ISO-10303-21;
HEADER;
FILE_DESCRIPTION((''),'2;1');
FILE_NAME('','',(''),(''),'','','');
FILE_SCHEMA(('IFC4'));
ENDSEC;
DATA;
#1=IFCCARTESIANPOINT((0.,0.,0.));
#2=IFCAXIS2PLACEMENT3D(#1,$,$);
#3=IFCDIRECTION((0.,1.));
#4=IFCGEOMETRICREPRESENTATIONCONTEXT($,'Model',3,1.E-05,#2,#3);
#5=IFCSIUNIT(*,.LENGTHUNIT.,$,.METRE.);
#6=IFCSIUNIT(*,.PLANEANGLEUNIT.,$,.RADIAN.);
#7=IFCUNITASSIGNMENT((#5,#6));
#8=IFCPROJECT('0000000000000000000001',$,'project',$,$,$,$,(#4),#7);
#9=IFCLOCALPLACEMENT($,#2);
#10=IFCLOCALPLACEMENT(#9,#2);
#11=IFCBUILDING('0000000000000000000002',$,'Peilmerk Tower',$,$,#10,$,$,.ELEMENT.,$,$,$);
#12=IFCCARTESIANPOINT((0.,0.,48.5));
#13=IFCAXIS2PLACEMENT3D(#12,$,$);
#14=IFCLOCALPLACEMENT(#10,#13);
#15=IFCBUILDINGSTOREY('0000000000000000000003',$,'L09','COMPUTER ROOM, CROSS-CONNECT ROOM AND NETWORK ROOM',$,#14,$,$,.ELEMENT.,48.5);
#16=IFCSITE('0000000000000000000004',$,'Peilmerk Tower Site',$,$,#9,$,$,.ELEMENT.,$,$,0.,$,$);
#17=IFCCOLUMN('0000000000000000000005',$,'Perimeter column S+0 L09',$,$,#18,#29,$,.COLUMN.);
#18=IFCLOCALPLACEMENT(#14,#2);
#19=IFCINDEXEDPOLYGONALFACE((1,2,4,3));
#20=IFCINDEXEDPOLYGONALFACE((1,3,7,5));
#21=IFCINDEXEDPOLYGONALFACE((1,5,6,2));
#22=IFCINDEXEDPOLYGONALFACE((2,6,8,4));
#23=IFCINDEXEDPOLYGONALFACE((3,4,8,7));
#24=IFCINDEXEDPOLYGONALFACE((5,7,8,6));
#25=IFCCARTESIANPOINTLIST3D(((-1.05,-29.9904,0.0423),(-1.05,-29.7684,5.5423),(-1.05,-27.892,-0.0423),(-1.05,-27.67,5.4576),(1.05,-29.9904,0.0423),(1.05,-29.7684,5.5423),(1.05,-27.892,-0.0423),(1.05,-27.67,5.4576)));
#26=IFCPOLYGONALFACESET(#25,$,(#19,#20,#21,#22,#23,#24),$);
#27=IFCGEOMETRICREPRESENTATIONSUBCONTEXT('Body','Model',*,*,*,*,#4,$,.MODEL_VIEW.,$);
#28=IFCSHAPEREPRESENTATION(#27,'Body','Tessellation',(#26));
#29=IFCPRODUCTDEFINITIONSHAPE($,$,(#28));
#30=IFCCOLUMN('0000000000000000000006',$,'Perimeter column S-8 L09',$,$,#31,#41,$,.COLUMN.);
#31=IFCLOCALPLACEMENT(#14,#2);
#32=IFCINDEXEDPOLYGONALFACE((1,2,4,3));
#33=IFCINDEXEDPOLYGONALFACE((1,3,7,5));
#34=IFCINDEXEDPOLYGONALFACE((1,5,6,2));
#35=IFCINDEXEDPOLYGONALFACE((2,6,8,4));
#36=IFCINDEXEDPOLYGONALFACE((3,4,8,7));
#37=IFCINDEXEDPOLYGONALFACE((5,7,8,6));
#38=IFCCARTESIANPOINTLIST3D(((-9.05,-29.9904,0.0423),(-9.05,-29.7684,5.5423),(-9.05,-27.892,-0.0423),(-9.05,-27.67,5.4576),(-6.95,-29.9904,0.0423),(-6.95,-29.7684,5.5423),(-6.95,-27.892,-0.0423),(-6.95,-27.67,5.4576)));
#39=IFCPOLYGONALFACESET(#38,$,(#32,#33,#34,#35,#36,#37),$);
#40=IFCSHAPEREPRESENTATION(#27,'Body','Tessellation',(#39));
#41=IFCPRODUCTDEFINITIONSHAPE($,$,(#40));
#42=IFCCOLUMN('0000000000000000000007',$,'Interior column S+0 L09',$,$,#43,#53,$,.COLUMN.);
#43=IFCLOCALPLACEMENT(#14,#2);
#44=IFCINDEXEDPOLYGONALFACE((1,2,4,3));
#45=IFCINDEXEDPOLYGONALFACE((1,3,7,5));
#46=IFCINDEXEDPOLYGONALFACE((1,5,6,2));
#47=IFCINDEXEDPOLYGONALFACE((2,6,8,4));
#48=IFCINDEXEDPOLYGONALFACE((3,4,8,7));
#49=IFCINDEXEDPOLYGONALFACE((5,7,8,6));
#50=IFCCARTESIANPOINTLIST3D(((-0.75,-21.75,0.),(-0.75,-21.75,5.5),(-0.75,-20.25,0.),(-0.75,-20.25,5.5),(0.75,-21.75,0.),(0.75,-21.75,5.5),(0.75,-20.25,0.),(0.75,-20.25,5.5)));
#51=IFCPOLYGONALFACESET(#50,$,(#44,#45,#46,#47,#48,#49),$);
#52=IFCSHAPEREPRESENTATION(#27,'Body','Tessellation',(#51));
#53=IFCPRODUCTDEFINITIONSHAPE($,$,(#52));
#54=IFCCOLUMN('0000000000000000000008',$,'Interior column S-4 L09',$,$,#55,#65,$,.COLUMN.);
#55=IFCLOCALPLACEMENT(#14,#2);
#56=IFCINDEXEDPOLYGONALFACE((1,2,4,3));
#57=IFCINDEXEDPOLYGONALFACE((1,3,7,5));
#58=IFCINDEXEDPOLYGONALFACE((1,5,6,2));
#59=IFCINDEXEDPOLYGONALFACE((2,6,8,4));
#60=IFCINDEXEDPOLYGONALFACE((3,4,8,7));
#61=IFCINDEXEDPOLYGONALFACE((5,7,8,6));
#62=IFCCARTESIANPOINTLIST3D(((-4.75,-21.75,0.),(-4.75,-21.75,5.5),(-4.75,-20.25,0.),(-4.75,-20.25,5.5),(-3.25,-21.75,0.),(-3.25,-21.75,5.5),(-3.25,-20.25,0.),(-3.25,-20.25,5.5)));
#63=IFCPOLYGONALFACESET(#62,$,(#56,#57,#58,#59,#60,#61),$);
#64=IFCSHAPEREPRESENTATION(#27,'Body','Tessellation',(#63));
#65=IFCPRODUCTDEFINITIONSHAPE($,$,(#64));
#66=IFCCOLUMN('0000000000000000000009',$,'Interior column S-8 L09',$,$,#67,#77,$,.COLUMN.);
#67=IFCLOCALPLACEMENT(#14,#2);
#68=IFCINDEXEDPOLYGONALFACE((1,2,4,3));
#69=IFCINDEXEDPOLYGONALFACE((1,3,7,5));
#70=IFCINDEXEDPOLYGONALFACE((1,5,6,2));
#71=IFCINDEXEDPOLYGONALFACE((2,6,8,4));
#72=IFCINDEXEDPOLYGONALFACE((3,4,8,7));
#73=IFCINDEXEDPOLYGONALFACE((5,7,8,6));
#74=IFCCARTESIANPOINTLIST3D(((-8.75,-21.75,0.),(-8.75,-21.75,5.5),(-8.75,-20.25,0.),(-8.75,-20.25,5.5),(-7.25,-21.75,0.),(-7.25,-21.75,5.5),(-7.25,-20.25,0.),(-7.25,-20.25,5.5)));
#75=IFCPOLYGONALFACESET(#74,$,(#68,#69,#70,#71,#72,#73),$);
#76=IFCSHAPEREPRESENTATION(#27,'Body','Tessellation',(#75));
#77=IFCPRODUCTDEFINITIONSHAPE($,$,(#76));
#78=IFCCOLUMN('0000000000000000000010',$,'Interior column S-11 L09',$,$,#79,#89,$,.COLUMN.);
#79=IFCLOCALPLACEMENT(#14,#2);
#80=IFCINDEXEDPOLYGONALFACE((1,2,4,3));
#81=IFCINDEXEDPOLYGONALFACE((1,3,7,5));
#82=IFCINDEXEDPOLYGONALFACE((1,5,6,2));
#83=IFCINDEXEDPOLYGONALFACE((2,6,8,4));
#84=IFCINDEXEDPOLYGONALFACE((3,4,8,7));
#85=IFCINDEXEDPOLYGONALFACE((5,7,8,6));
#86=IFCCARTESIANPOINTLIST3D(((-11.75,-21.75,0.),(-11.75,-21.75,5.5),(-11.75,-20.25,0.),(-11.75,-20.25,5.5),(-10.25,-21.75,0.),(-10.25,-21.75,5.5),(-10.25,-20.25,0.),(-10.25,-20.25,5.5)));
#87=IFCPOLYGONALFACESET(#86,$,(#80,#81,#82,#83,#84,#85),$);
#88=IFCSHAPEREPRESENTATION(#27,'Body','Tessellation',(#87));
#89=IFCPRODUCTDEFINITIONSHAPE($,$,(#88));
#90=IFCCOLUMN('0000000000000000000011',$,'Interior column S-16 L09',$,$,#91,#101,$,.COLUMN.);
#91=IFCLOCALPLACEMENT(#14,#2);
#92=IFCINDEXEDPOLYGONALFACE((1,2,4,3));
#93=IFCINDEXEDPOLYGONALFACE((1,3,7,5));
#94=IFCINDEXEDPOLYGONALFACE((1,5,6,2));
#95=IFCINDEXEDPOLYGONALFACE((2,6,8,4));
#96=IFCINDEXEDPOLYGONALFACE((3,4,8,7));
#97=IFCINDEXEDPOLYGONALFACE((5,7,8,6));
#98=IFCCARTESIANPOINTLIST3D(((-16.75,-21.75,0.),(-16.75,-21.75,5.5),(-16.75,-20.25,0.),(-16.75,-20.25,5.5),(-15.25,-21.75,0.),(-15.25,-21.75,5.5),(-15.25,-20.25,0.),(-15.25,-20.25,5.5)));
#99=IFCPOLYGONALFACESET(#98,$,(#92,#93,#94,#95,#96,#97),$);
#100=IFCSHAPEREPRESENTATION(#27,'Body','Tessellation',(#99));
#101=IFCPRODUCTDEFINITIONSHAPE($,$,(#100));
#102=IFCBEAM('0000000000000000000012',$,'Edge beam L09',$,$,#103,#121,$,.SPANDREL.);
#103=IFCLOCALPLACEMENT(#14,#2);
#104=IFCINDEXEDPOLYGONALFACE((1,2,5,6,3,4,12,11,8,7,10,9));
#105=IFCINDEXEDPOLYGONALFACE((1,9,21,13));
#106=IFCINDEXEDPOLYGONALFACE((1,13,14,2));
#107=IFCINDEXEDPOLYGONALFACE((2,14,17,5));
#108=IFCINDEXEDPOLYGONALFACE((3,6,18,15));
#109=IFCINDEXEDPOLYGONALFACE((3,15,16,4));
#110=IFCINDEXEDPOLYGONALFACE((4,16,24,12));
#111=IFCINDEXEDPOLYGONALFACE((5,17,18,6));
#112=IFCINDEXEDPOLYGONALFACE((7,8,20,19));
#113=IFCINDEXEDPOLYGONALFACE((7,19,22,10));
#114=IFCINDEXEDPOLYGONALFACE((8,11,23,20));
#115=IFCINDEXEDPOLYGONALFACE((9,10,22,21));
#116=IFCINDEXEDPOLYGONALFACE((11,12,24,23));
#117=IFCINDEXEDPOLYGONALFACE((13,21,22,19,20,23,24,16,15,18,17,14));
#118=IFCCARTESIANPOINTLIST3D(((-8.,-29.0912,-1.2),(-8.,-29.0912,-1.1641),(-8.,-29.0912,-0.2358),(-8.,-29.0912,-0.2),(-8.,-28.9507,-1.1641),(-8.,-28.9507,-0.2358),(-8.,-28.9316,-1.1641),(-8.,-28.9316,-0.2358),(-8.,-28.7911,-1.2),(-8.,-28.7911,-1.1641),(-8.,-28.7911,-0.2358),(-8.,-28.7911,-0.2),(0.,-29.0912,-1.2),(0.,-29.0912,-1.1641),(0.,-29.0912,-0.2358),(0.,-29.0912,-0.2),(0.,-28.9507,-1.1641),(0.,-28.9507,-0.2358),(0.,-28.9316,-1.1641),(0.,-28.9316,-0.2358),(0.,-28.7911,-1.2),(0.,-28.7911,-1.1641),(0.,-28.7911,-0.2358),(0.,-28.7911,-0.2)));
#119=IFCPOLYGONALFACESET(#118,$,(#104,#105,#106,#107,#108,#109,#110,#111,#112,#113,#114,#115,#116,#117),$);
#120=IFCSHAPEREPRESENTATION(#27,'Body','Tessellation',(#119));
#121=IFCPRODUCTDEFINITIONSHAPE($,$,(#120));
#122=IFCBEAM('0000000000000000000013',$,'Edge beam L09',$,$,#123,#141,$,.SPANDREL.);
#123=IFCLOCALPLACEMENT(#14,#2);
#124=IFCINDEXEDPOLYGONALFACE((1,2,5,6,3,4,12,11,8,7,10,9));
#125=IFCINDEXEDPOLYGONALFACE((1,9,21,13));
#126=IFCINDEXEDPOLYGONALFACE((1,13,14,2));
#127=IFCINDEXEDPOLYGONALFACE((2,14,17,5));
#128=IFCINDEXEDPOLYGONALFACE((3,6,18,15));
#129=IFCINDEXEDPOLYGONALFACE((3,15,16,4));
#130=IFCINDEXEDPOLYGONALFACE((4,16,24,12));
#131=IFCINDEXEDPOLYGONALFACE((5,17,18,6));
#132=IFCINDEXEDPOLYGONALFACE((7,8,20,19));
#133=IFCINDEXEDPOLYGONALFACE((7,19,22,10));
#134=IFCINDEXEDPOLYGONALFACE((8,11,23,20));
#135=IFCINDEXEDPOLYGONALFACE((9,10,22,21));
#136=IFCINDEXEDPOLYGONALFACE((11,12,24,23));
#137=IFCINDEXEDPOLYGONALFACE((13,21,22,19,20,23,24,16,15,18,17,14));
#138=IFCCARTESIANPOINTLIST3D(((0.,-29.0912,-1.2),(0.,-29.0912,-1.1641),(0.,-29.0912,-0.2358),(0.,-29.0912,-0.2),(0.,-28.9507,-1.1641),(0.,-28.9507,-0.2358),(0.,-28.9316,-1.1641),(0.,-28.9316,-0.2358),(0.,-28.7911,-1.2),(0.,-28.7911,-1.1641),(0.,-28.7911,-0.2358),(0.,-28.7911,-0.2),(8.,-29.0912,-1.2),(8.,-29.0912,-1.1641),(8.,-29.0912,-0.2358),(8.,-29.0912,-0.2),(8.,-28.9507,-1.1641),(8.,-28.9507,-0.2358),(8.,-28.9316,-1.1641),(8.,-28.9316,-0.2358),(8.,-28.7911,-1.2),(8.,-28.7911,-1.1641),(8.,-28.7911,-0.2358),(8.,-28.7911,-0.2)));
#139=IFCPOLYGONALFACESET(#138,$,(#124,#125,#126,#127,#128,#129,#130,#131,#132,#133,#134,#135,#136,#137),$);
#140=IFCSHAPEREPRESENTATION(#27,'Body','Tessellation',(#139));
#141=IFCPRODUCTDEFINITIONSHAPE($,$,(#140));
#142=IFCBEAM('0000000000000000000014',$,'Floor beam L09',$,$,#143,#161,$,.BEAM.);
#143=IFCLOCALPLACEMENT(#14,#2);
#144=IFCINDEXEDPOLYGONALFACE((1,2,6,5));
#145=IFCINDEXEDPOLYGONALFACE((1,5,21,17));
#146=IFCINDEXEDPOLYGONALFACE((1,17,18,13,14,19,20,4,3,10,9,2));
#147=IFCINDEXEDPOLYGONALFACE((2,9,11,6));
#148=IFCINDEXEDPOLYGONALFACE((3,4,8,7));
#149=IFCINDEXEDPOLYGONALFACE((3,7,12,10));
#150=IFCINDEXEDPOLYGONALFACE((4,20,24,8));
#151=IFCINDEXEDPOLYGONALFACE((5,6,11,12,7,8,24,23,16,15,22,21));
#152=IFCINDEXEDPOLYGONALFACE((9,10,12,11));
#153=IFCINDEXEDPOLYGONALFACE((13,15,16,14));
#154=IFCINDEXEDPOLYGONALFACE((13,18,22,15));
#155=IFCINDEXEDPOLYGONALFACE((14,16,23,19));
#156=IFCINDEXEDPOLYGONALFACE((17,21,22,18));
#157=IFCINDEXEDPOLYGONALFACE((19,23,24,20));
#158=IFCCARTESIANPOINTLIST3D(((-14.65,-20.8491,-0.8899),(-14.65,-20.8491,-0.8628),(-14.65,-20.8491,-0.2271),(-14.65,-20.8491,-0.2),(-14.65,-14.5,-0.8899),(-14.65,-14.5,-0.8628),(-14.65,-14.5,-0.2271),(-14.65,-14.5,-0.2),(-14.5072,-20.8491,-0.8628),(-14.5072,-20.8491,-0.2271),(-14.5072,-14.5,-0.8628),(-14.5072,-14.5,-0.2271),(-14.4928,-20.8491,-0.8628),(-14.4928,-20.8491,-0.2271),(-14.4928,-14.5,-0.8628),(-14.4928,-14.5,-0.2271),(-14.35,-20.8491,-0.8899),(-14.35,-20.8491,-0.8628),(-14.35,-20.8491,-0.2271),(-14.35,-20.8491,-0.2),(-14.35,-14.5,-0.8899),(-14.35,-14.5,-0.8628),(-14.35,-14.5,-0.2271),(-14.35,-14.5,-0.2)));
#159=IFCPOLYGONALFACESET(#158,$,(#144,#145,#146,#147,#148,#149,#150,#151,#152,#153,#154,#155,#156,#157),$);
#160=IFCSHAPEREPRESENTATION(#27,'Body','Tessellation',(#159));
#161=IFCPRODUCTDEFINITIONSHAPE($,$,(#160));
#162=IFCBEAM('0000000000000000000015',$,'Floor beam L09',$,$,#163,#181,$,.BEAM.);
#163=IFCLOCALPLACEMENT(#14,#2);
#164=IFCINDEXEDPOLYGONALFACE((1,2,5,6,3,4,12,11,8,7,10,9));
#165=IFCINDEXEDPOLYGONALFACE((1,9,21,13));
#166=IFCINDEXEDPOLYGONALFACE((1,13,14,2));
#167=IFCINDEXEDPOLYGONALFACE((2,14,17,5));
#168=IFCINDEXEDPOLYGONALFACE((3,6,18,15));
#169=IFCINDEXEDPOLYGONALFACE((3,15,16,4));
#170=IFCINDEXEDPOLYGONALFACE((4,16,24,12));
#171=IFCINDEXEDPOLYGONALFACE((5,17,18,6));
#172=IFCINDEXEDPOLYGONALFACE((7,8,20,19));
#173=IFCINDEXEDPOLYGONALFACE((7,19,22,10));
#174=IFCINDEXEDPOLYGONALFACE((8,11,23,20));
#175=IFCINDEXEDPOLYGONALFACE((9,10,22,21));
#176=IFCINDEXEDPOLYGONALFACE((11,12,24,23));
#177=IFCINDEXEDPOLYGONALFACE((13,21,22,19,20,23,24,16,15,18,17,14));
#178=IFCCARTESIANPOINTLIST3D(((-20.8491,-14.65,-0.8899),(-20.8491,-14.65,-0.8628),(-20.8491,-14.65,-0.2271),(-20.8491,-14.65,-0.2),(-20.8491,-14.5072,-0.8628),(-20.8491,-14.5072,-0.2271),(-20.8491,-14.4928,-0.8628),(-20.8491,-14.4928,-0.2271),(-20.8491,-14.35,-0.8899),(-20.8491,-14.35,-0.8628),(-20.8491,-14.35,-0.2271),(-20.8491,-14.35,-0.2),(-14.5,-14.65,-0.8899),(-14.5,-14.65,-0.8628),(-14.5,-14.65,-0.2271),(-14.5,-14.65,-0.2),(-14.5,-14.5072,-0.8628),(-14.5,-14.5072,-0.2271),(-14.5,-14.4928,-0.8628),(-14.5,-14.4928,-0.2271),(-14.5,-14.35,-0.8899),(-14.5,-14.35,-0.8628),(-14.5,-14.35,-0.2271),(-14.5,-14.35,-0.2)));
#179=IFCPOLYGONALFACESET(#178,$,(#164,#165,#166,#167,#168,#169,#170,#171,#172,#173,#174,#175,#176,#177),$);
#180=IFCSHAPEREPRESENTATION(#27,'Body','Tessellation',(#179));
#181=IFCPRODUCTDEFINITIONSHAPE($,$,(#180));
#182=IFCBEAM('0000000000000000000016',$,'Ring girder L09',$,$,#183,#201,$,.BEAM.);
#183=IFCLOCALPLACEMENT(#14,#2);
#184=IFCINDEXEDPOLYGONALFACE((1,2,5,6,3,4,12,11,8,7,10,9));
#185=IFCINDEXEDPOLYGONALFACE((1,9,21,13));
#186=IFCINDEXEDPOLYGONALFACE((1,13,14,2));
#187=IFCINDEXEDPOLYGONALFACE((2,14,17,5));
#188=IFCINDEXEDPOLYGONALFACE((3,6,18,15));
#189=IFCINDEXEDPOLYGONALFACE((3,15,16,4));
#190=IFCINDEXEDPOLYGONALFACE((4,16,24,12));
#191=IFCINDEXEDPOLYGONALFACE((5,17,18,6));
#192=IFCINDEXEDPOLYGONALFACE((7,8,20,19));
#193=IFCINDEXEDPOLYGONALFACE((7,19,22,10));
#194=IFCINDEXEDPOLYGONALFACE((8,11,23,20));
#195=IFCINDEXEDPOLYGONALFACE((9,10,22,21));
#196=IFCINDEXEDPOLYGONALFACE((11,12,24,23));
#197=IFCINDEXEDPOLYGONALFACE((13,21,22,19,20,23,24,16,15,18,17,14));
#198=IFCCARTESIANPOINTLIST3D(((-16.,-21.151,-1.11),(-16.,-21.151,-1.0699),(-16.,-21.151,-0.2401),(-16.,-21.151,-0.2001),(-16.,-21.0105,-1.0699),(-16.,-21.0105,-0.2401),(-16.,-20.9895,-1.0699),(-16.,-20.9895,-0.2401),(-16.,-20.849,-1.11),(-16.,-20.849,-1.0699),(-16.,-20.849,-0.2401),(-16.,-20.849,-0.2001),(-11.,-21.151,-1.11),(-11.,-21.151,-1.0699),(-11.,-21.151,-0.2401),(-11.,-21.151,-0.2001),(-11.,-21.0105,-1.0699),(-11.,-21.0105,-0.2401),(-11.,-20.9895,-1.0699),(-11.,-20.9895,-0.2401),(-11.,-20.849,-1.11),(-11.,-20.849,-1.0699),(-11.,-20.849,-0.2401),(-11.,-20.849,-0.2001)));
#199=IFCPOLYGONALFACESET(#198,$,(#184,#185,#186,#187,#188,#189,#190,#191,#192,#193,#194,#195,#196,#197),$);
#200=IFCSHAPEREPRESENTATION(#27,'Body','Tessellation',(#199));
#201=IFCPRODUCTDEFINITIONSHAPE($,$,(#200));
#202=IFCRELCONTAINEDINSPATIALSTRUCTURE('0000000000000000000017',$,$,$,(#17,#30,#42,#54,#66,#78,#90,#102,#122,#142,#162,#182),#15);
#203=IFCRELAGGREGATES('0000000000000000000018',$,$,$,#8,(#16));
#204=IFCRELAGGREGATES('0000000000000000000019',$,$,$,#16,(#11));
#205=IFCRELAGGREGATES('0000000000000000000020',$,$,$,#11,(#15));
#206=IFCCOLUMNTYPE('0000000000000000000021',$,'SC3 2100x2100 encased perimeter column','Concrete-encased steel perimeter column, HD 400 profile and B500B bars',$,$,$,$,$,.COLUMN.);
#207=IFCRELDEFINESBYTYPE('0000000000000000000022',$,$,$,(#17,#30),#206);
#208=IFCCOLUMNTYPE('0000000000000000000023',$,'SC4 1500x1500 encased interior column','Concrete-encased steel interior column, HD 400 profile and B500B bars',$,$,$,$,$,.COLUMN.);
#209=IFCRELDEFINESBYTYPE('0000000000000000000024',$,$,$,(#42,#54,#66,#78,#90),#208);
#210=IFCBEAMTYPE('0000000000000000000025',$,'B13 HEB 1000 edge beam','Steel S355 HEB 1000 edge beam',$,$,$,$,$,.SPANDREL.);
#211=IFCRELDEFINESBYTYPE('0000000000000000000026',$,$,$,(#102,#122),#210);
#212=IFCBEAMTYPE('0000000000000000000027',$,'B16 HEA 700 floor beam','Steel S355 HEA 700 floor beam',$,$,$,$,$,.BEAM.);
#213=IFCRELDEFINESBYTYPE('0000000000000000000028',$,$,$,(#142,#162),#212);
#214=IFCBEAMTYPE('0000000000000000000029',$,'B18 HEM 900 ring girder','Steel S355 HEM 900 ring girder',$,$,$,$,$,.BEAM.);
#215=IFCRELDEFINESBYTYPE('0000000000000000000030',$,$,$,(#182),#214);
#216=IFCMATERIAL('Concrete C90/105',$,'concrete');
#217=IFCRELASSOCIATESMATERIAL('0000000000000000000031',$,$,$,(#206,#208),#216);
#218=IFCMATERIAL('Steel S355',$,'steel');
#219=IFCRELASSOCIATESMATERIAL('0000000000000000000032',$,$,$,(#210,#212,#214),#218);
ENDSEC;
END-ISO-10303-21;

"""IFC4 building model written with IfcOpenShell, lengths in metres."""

from ifc_helpers import new_model, si_unit, direction, frame, origin, origin_2d, place, context, subcontext, project, spatial, rectangle, i_section, extrude, material, material_profile, profile_set, type_object, element, save


model = new_model("IFC4")

# Units and contexts
model_context = context("Model", 3, precision=1e-05, world=origin(), true_north=direction((0.0, 1.0)))
body_context = subcontext(model_context, "Body", "Model", "MODEL_VIEW")
ifc_project = project(units=[si_unit("LENGTHUNIT", "METRE"), si_unit("PLANEANGLEUNIT", "RADIAN")], contexts=[model_context])

# Site, building, storey
site_placement = place(None, origin())
site = spatial("IfcSite", under=ifc_project, at=site_placement, Name="Peilmerk Tower Site", CompositionType="ELEMENT", RefElevation=0.0)
building_placement = place(site_placement, origin())
building = spatial("IfcBuilding", under=site, at=building_placement, Name="Peilmerk Tower", CompositionType="ELEMENT")
storey_placement = place(building_placement, frame((0.0, 0.0, 48.5)))
storey = spatial("IfcBuildingStorey", under=building, at=storey_placement, Name="L09", Description="COMPUTER ROOM, CROSS-CONNECT ROOM AND NETWORK ROOM", CompositionType="ELEMENT", Elevation=48.5)

# Columns
ifc_material_1 = material(Name="Concrete C90/105", Category="concrete")
ifc_material_profile_1 = material_profile(ifc_material_1, rectangle(XDim=2.1001, YDim=2.1001, at=origin_2d()), Name="RC 2100x2100")
ifc_profile_set_1 = profile_set([ifc_material_profile_1], Name="Concrete C90/105")
column_type_1 = type_object("IfcColumnType", Name="SC3 2100x2100 encased perimeter column", Description="Concrete-encased steel perimeter column, HD 400 profile and B500B bars", PredefinedType="COLUMN", material=ifc_profile_set_1)
for number, where, z_axis, x_axis, name in (
    (1, (0.0, -28.9412, 0.0), (0.0, 0.040317, 0.999187), (-1.0, 0.0, 0.0), "Perimeter column S+0 L09"),
    (2, (-8.0, -28.9412, 0.0), (0.0, 0.040317, 0.999187), (-1.0, 0.0, 0.0), "Perimeter column S-8 L09"),
):
    element("IfcColumn", number, at=place(storey_placement, frame(where, z_axis=z_axis, x_axis=x_axis)), inside=storey, type_object=column_type_1, Name=name, PredefinedType="COLUMN", context=body_context, shape_type="SweptSolid", body=[
        extrude(rectangle(XDim=2.1001, YDim=2.1001, at=origin_2d()), origin(), (0.0, 0.0, 1.0), 5.5044),
    ])
ifc_material_profile_2 = material_profile(ifc_material_1, rectangle(XDim=1.5, YDim=1.5, at=origin_2d()), Name="RC 1500x1500")
ifc_profile_set_2 = profile_set([ifc_material_profile_2], Name="Concrete C90/105")
column_type_2 = type_object("IfcColumnType", Name="SC4 1500x1500 encased interior column", Description="Concrete-encased steel interior column, HD 400 profile and B500B bars", PredefinedType="COLUMN", material=ifc_profile_set_2)
for number, where, z_axis, x_axis, name in (
    (3, (0.0, -21.0, 0.0), (0.0, 0.0, 1.0), (1.0, 0.0, 0.0), "Interior column S+0 L09"),
    (4, (-4.0, -21.0, 0.0), (0.0, 0.0, 1.0), (1.0, 0.0, 0.0), "Interior column S-4 L09"),
    (5, (-8.0, -21.0, 0.0), (0.0, 0.0, 1.0), (1.0, 0.0, 0.0), "Interior column S-8 L09"),
    (6, (-11.0, -21.0, 0.0), (0.0, 0.0, 1.0), (1.0, 0.0, 0.0), "Interior column S-11 L09"),
    (7, (-16.0, -21.0, 0.0), (0.0, 0.0, 1.0), (1.0, 0.0, 0.0), "Interior column S-16 L09"),
):
    element("IfcColumn", number, at=place(storey_placement, frame(where, z_axis=z_axis, x_axis=x_axis)), inside=storey, type_object=column_type_2, Name=name, PredefinedType="COLUMN", context=body_context, shape_type="SweptSolid", body=[
        extrude(rectangle(XDim=1.5, YDim=1.5, at=origin_2d()), origin(), (0.0, 0.0, 1.0), 5.5),
    ])

# Beams
ifc_material_2 = material(Name="Steel S355", Category="steel")
ifc_material_profile_3 = material_profile(ifc_material_2, i_section(OverallWidth=0.3, OverallDepth=1.0, WebThickness=0.019, FlangeThickness=0.0359, at=origin_2d()), Name="HEB 1000")
ifc_profile_set_3 = profile_set([ifc_material_profile_3], Name="Steel S355")
beam_type_1 = type_object("IfcBeamType", Name="B13 HEB 1000 edge beam", Description="Steel S355 HEB 1000 edge beam", PredefinedType="SPANDREL", material=ifc_profile_set_3)
for number, where, z_axis, x_axis, name in (
    (8, (-8.0, -28.9412, -0.7), (1.0, 0.0, 0.0), (0.0, 1.0, 0.0), "Edge beam L09"),
    (9, (0.0, -28.9412, -0.7), (1.0, 0.0, 0.0), (0.0, 1.0, 0.0), "Edge beam L09"),
):
    element("IfcBeam", number, at=place(storey_placement, frame(where, z_axis=z_axis, x_axis=x_axis)), inside=storey, type_object=beam_type_1, Name=name, PredefinedType="SPANDREL", context=body_context, shape_type="SweptSolid", body=[
        extrude(i_section(OverallWidth=0.3, OverallDepth=1.0, WebThickness=0.019, FlangeThickness=0.0359, at=origin_2d()), origin(), (0.0, 0.0, 1.0), 8.0),
    ])
ifc_material_profile_4 = material_profile(ifc_material_2, i_section(OverallWidth=0.3, OverallDepth=0.6899, WebThickness=0.0144, FlangeThickness=0.0271, at=origin_2d()), Name="HEA 700")
ifc_profile_set_4 = profile_set([ifc_material_profile_4], Name="Steel S355")
beam_type_2 = type_object("IfcBeamType", Name="B16 HEA 700 floor beam", Description="Steel S355 HEA 700 floor beam", PredefinedType="BEAM", material=ifc_profile_set_4)
for number, where, z_axis, x_axis, name in (
    (10, (-14.5, -14.5, -0.5449), (0.0, -1.0, 0.0), (1.0, 0.0, 0.0), "Floor beam L09"),
    (11, (-14.5, -14.5, -0.5449), (-1.0, 0.0, 0.0), (0.0, -1.0, 0.0), "Floor beam L09"),
):
    element("IfcBeam", number, at=place(storey_placement, frame(where, z_axis=z_axis, x_axis=x_axis)), inside=storey, type_object=beam_type_2, Name=name, PredefinedType="BEAM", context=body_context, shape_type="SweptSolid", body=[
        extrude(i_section(OverallWidth=0.3, OverallDepth=0.6899, WebThickness=0.0144, FlangeThickness=0.0271, at=origin_2d()), origin(), (0.0, 0.0, 1.0), 6.3491),
    ])
ifc_material_profile_5 = material_profile(ifc_material_2, i_section(OverallWidth=0.302, OverallDepth=0.9099, WebThickness=0.021, FlangeThickness=0.04, at=origin_2d()), Name="HEM 900")
ifc_profile_set_5 = profile_set([ifc_material_profile_5], Name="Steel S355")
beam_type_3 = type_object("IfcBeamType", Name="B18 HEM 900 ring girder", Description="Steel S355 HEM 900 ring girder", PredefinedType="BEAM", material=ifc_profile_set_5)
beam_1_placement = place(storey_placement, frame((-16.0, -21.0, -0.655), z_axis=(1.0, 0.0, 0.0), x_axis=(0.0, 1.0, 0.0)))
element("IfcBeam", 12, at=beam_1_placement, inside=storey, type_object=beam_type_3, Name="Ring girder L09", PredefinedType="BEAM", context=body_context, shape_type="SweptSolid", body=[
    extrude(i_section(OverallWidth=0.302, OverallDepth=0.9099, WebThickness=0.021, FlangeThickness=0.04, at=origin_2d()), origin(), (0.0, 0.0, 1.0), 5.0),
])

save(model, "model.ifc")
